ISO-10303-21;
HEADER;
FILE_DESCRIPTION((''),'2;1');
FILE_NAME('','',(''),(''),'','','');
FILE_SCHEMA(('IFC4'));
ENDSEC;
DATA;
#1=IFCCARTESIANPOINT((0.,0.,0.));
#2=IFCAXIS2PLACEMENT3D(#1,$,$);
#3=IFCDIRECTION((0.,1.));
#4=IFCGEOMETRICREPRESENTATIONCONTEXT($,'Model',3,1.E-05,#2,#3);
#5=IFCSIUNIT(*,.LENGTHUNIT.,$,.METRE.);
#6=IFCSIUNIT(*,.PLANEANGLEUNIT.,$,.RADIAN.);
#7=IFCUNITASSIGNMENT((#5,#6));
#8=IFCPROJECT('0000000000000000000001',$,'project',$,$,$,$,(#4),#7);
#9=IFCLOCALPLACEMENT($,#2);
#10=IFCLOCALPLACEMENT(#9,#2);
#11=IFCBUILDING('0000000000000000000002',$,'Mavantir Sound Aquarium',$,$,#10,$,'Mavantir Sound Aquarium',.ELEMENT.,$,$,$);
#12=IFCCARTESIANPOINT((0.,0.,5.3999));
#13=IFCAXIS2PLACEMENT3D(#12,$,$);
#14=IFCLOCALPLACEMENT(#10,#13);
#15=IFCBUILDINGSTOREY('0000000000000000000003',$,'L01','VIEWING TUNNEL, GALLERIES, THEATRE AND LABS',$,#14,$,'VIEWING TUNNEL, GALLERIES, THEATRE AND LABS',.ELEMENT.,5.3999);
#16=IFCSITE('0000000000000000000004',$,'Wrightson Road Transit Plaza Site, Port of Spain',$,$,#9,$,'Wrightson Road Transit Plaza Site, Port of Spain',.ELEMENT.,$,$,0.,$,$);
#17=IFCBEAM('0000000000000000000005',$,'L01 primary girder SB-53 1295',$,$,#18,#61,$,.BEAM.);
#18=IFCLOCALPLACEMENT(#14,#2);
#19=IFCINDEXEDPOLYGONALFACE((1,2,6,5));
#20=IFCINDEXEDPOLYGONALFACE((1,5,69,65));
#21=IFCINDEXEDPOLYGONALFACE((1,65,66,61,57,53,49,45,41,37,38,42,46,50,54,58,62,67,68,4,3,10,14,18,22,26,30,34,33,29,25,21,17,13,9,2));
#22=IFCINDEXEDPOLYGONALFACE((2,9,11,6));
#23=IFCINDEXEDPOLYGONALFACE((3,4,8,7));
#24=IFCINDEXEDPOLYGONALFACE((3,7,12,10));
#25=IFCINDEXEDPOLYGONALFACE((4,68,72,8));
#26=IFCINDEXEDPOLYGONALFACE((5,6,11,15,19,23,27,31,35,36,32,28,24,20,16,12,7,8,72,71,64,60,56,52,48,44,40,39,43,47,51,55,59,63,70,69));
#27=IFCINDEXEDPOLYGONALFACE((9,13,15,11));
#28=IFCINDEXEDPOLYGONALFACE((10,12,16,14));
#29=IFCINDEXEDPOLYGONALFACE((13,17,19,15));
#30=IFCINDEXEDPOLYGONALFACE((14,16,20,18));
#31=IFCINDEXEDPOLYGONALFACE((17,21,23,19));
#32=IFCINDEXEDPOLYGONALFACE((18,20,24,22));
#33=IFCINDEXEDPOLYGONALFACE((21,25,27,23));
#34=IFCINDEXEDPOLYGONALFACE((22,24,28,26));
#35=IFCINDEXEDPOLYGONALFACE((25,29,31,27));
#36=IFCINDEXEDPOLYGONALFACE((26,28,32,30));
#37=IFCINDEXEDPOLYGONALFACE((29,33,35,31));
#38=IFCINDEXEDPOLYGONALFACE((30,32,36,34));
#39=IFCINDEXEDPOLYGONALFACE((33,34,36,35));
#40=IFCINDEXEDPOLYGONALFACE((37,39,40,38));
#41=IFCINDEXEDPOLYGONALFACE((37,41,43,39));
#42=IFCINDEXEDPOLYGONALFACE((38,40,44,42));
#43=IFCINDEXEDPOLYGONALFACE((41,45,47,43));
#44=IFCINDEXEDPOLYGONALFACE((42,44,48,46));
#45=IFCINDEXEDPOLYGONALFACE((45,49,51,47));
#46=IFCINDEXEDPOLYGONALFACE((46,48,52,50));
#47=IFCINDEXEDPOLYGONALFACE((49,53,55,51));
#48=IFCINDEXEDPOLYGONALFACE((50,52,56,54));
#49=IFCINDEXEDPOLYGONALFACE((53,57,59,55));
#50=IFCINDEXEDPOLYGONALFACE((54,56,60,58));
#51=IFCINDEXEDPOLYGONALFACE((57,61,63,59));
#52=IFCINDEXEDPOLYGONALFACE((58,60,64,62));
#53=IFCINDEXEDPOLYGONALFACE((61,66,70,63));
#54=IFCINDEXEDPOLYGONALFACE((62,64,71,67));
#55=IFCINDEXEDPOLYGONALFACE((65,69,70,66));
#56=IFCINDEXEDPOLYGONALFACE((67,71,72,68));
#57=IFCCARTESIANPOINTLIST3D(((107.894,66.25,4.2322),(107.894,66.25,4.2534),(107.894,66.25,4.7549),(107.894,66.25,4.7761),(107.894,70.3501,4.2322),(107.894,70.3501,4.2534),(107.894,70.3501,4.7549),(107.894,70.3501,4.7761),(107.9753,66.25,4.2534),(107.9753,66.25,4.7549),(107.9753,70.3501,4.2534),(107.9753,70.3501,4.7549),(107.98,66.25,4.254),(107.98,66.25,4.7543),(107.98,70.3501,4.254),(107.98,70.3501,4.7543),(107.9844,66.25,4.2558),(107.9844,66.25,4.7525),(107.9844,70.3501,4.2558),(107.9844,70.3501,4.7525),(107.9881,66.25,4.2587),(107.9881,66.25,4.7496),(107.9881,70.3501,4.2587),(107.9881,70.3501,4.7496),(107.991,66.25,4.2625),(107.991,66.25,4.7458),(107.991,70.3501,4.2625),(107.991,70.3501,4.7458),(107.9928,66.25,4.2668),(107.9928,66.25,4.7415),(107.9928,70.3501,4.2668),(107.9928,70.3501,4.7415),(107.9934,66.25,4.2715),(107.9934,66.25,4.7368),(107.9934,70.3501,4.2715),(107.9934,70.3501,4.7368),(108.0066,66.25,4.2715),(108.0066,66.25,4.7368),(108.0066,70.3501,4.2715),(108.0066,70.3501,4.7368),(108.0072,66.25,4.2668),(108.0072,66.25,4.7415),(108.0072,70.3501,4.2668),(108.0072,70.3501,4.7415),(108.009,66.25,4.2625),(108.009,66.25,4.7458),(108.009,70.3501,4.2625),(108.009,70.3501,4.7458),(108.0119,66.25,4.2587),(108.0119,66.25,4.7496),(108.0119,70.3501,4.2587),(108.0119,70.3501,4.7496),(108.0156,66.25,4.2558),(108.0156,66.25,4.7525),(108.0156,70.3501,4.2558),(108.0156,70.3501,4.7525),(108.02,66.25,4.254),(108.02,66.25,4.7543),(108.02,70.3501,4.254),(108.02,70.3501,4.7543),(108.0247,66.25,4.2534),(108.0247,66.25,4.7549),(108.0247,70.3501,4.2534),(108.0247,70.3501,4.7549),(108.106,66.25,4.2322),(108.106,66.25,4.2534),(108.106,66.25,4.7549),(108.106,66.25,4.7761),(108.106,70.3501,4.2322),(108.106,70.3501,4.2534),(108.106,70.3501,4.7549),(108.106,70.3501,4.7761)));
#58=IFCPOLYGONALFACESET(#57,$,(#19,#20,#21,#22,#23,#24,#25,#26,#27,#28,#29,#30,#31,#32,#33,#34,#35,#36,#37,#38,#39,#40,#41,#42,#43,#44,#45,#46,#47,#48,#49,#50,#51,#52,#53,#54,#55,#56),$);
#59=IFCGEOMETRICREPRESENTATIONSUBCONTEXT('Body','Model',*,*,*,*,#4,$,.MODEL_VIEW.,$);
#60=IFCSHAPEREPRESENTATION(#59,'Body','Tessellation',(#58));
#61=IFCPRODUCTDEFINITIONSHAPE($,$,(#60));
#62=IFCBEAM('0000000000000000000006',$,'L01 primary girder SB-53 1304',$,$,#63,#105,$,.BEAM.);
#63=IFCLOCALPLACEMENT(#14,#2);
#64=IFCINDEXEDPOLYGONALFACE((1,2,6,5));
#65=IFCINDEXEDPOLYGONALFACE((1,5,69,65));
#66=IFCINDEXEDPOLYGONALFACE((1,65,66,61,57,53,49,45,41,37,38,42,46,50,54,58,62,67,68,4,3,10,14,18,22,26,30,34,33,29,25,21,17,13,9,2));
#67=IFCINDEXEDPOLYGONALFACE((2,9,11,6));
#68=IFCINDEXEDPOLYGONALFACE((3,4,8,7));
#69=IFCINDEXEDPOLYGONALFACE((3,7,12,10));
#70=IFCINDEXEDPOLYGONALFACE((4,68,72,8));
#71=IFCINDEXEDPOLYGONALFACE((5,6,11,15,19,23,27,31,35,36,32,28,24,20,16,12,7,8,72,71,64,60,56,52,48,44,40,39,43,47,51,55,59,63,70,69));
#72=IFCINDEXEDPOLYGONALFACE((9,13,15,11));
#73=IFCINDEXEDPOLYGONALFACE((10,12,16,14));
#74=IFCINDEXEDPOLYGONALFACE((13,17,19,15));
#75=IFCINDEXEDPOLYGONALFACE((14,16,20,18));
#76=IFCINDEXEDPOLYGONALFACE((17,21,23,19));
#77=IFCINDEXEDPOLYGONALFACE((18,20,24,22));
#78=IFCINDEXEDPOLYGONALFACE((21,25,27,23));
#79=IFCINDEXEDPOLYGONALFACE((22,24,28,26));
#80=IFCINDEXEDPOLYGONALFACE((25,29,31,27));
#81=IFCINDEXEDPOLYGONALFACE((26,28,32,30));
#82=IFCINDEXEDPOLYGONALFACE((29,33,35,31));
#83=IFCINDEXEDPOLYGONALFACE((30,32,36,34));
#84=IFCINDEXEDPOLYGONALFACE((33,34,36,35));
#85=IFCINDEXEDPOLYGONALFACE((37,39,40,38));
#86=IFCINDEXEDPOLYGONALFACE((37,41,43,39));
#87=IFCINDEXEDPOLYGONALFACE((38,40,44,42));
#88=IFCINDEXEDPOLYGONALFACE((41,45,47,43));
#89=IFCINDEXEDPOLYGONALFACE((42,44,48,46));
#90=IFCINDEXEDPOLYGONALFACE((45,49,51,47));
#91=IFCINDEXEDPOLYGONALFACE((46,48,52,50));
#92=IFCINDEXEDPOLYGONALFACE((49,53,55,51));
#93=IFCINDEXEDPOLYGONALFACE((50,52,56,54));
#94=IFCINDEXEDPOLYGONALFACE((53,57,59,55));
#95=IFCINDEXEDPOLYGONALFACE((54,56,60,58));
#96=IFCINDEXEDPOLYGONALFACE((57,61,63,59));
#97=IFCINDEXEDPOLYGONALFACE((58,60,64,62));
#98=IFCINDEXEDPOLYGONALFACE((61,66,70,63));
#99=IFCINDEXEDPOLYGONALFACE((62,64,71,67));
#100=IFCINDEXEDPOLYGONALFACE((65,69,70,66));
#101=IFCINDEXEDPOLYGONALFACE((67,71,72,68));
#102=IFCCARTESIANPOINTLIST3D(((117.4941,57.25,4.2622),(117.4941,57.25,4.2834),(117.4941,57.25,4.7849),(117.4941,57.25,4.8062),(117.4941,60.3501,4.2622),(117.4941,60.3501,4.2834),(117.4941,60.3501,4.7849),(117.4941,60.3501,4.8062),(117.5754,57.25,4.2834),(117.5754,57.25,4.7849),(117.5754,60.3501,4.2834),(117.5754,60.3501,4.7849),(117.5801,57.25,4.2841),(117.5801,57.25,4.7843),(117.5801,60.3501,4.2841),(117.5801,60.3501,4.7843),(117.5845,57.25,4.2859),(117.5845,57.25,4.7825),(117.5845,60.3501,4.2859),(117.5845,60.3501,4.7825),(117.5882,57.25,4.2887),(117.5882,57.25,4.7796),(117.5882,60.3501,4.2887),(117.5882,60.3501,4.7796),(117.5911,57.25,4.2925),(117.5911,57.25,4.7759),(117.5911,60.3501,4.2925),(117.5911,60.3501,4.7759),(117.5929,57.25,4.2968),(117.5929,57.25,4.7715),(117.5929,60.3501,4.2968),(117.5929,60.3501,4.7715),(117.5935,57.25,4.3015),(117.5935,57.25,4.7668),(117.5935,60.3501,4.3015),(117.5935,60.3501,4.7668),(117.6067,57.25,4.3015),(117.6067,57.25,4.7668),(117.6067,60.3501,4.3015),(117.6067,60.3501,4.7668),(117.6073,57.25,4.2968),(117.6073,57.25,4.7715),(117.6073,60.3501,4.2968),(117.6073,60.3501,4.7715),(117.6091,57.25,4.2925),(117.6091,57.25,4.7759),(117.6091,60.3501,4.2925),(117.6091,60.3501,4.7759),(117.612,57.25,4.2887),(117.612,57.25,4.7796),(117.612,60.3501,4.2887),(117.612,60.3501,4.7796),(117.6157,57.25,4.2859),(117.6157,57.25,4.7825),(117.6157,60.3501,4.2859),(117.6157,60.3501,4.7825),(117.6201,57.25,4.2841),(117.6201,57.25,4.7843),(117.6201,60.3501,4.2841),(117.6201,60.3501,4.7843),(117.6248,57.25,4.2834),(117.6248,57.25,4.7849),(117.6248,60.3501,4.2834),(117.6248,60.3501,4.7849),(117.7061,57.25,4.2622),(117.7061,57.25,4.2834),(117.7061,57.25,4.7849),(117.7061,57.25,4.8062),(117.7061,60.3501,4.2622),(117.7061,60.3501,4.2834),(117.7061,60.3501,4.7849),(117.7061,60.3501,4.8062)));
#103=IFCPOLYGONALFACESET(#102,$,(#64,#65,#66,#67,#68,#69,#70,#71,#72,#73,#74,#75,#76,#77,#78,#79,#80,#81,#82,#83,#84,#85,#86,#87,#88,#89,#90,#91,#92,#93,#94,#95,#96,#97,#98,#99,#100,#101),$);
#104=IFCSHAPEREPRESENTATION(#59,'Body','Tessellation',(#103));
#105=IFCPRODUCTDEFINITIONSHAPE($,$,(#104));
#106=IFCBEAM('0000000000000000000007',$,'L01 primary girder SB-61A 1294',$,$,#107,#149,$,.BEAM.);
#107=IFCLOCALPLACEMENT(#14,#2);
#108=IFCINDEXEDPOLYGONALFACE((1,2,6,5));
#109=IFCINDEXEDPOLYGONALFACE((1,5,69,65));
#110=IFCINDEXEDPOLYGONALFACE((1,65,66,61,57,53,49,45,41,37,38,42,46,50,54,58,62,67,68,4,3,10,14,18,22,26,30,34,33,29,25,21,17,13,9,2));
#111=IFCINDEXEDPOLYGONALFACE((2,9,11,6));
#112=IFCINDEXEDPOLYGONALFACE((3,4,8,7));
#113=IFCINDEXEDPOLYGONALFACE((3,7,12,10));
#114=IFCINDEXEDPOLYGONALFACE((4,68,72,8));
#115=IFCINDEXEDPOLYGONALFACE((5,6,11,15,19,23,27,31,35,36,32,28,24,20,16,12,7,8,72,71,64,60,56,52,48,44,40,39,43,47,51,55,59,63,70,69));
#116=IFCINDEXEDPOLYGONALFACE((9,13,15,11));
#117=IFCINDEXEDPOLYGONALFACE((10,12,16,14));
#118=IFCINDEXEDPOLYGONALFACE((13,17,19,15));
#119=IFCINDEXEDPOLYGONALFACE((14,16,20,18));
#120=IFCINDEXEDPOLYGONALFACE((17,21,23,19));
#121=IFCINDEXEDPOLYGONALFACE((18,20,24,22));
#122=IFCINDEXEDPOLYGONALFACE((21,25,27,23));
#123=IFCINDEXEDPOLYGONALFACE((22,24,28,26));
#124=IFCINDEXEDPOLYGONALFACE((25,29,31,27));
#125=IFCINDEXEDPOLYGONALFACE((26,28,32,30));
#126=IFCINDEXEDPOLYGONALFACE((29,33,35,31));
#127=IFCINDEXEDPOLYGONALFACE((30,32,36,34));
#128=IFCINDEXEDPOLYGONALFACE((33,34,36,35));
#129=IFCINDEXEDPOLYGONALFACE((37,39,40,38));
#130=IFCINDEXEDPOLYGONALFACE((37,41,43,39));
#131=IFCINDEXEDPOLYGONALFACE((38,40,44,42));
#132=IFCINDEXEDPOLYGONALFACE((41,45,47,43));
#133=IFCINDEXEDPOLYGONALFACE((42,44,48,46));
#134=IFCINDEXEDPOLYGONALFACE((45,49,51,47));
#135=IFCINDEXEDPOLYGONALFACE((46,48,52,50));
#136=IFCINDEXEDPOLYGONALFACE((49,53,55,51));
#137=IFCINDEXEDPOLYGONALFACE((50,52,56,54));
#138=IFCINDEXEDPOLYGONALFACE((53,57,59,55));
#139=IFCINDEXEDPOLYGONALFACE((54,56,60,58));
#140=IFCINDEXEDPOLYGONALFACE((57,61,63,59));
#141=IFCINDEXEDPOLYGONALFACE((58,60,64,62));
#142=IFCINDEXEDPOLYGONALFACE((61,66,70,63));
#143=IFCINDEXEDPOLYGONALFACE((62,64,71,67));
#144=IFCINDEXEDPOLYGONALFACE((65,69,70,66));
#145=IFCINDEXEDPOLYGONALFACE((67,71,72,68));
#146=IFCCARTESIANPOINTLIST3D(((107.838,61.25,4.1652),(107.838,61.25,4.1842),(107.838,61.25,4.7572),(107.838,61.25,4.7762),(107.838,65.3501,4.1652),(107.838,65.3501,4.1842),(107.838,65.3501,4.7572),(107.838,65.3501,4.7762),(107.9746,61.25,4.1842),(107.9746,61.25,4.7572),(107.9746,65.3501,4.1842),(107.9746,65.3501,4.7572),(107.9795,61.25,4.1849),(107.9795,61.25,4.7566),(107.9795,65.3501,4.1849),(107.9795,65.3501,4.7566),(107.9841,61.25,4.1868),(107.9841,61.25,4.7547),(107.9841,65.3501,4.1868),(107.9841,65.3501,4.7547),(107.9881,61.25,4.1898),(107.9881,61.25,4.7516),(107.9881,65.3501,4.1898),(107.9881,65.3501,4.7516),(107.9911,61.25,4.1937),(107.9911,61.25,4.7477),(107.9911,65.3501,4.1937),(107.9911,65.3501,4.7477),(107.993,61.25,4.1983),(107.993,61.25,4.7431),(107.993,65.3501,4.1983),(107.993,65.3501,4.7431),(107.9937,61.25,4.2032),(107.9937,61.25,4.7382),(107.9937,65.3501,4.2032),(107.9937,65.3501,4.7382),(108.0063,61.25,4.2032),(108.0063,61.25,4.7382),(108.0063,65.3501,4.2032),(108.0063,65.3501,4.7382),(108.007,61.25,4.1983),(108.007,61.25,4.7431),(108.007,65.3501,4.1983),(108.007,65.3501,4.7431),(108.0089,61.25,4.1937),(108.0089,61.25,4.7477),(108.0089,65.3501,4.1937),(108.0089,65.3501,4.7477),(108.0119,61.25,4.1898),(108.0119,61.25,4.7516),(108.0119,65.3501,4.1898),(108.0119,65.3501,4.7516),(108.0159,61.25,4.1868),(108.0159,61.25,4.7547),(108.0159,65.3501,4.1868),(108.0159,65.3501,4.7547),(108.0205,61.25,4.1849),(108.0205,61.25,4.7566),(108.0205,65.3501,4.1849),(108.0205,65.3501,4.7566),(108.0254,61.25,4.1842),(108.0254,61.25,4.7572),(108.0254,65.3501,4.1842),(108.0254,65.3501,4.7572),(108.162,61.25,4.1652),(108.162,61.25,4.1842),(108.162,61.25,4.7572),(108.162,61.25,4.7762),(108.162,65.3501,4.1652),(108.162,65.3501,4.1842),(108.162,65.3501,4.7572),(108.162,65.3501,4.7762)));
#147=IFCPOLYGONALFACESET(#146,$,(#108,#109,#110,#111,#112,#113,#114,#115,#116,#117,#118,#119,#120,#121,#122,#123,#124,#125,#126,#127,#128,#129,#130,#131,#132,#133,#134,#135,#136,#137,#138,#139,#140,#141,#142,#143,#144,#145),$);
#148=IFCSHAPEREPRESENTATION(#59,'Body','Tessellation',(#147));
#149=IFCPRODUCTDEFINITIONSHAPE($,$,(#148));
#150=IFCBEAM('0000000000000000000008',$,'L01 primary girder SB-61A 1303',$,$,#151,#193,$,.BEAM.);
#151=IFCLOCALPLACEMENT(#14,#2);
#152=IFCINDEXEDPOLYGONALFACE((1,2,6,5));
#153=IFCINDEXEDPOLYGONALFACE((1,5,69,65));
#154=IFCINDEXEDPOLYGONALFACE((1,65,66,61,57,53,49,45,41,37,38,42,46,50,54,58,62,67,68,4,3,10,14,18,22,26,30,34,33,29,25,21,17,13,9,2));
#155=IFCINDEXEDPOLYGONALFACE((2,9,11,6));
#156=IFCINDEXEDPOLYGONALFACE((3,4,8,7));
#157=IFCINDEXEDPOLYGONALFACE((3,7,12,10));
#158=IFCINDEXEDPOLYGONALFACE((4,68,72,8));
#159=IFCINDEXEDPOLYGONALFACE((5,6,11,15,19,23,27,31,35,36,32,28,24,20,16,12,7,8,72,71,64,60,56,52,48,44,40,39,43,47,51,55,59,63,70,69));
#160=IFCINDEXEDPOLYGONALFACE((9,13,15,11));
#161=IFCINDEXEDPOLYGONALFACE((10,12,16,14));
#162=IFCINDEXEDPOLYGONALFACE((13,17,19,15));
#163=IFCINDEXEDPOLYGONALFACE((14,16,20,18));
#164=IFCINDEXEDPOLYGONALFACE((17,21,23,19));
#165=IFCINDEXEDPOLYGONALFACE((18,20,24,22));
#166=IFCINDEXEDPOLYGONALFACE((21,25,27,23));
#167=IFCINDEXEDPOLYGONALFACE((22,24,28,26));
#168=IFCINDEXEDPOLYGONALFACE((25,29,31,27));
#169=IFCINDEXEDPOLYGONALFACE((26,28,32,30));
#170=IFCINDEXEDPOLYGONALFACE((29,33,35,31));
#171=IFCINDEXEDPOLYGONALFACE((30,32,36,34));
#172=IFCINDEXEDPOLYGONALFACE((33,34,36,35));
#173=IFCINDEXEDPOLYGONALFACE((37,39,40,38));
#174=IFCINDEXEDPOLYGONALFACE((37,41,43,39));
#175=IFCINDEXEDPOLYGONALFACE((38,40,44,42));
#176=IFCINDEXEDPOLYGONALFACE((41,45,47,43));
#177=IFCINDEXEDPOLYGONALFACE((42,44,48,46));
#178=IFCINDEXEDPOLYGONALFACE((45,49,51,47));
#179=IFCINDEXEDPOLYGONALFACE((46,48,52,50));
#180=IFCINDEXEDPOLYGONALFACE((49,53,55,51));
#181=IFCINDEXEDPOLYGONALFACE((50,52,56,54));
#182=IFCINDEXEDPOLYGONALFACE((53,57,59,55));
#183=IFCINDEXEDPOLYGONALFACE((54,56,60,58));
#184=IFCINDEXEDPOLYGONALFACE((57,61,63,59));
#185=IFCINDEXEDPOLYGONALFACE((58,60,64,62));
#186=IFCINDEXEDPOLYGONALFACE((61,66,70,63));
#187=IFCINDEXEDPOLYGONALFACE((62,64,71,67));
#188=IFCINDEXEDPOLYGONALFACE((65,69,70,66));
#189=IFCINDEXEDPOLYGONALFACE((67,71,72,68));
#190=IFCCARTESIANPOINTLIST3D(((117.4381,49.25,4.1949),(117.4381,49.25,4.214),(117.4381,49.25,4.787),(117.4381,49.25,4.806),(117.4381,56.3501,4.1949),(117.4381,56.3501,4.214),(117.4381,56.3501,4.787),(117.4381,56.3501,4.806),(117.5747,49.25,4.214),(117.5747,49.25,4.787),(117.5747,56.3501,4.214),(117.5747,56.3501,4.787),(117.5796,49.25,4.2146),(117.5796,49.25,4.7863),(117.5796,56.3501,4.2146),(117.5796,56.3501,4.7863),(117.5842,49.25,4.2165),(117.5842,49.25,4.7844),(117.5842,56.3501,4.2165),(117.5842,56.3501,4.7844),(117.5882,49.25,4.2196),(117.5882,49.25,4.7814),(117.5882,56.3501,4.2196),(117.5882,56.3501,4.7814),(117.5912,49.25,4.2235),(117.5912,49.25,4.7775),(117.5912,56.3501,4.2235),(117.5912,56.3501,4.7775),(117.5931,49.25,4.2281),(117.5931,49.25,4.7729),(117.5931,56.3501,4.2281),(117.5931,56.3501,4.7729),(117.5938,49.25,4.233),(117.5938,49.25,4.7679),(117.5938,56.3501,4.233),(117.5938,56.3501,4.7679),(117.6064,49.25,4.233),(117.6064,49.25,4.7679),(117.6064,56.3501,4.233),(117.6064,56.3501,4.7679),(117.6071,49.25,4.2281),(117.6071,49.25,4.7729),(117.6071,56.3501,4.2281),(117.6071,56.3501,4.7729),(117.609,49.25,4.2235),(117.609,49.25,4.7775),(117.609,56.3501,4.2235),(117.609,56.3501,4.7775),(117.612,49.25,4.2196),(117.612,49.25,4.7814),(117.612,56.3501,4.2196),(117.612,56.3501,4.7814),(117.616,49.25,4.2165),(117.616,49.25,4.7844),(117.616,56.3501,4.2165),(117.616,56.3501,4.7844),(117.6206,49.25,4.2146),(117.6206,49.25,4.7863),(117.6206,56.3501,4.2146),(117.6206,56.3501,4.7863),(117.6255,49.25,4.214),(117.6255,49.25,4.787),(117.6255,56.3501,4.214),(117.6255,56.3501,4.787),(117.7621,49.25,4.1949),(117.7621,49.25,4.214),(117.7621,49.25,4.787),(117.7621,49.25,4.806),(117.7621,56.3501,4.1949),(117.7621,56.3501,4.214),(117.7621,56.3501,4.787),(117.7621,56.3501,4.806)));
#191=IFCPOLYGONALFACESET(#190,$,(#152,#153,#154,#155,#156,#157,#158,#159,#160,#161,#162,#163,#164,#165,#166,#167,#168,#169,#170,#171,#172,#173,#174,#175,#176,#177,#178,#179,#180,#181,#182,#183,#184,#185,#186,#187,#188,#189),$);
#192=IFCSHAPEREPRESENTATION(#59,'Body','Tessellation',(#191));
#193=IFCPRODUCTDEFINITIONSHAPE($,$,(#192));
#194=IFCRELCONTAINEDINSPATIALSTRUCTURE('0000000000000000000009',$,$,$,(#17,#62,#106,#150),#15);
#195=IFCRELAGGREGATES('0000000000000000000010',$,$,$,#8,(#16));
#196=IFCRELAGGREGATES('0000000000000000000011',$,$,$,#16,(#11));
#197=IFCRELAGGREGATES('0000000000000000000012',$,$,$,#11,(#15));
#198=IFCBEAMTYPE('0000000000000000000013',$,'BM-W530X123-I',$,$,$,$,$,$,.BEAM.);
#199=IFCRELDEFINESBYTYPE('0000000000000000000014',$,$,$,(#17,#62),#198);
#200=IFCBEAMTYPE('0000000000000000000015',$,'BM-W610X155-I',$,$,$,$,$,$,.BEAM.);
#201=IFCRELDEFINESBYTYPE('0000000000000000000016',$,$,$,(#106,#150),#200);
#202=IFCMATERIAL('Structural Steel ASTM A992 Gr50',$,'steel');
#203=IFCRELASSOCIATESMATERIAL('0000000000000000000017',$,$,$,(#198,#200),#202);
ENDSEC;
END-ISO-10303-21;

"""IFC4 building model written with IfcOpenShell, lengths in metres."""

from ifc_helpers import new_model, si_unit, direction, frame, origin, origin_2d, place, context, subcontext, project, spatial, i_section, extrude, material, material_profile, profile_set, type_object, element, save


model = new_model("IFC4")

# Units and contexts
model_context = context("Model", 3, precision=1e-05, world=origin(), true_north=direction((0.0, 1.0)))
body_context = subcontext(model_context, "Body", "Model", "MODEL_VIEW")
ifc_project = project(units=[si_unit("LENGTHUNIT", "METRE"), si_unit("PLANEANGLEUNIT", "RADIAN")], contexts=[model_context])

# Site, building, storey
site_placement = place(None, origin())
site = spatial("IfcSite", under=ifc_project, at=site_placement, Name="Wrightson Road Transit Plaza Site, Port of Spain", LongName="Wrightson Road Transit Plaza Site, Port of Spain", CompositionType="ELEMENT", RefElevation=0.0)
building_placement = place(site_placement, origin())
building = spatial("IfcBuilding", under=site, at=building_placement, Name="Mavantir Sound Aquarium", LongName="Mavantir Sound Aquarium", CompositionType="ELEMENT")
storey_placement = place(building_placement, frame((0.0, 0.0, 5.3999)))
storey = spatial("IfcBuildingStorey", under=building, at=storey_placement, Name="L01", Description="VIEWING TUNNEL, GALLERIES, THEATRE AND LABS", LongName="VIEWING TUNNEL, GALLERIES, THEATRE AND LABS", CompositionType="ELEMENT", Elevation=5.3999)

# Beams
ifc_material_1 = material(Name="Structural Steel ASTM A992 Gr50", Category="steel")
ifc_material_profile_1 = material_profile(ifc_material_1, i_section(OverallWidth=0.2119, OverallDepth=0.5439, WebThickness=0.0132, FlangeThickness=0.0212, FilletRadius=0.0181, at=origin_2d()), Name="W530X123")
ifc_profile_set_1 = profile_set([ifc_material_profile_1], Name="Structural Steel ASTM A992 Gr50")
beam_type_1 = type_object("IfcBeamType", Name="BM-W530X123-I", PredefinedType="BEAM", material=ifc_profile_set_1)
beam_1_placement = place(storey_placement, frame((108.0, 66.25, 4.5042), z_axis=(0.0, 1.0, 0.0), x_axis=(-1.0, 0.0, 0.0)))
element("IfcBeam", 1, at=beam_1_placement, inside=storey, type_object=beam_type_1, Name="L01 primary girder SB-53 1295", PredefinedType="BEAM", context=body_context, shape_type="SweptSolid", body=[
    extrude(i_section(OverallWidth=0.2119, OverallDepth=0.5439, WebThickness=0.0132, FlangeThickness=0.0212, FilletRadius=0.0181, at=origin_2d()), origin(), (0.0, 0.0, 1.0), 4.1001),
])
beam_2_placement = place(storey_placement, frame((117.6001, 57.25, 4.5342), z_axis=(0.0, 1.0, 0.0), x_axis=(-1.0, 0.0, 0.0)))
element("IfcBeam", 2, at=beam_2_placement, inside=storey, type_object=beam_type_1, Name="L01 primary girder SB-53 1304", PredefinedType="BEAM", context=body_context, shape_type="SweptSolid", body=[
    extrude(i_section(OverallWidth=0.2119, OverallDepth=0.5439, WebThickness=0.0132, FlangeThickness=0.0212, FilletRadius=0.0181, at=origin_2d()), origin(), (0.0, 0.0, 1.0), 3.1001),
])
ifc_material_profile_2 = material_profile(ifc_material_1, i_section(OverallWidth=0.324, OverallDepth=0.6111, WebThickness=0.0127, FlangeThickness=0.019, FilletRadius=0.019, at=origin_2d()), Name="W610X155")
ifc_profile_set_2 = profile_set([ifc_material_profile_2], Name="Structural Steel ASTM A992 Gr50")
beam_type_2 = type_object("IfcBeamType", Name="BM-W610X155-I", PredefinedType="BEAM", material=ifc_profile_set_2)
beam_3_placement = place(storey_placement, frame((108.0, 61.25, 4.4707), z_axis=(0.0, 1.0, 0.0), x_axis=(-1.0, 0.0, 0.0)))
element("IfcBeam", 3, at=beam_3_placement, inside=storey, type_object=beam_type_2, Name="L01 primary girder SB-61A 1294", PredefinedType="BEAM", context=body_context, shape_type="SweptSolid", body=[
    extrude(i_section(OverallWidth=0.324, OverallDepth=0.6111, WebThickness=0.0127, FlangeThickness=0.019, FilletRadius=0.019, at=origin_2d()), origin(), (0.0, 0.0, 1.0), 4.1001),
])
beam_4_placement = place(storey_placement, frame((117.6001, 49.25, 4.5005), z_axis=(0.0, 1.0, 0.0), x_axis=(-1.0, 0.0, 0.0)))
element("IfcBeam", 4, at=beam_4_placement, inside=storey, type_object=beam_type_2, Name="L01 primary girder SB-61A 1303", PredefinedType="BEAM", context=body_context, shape_type="SweptSolid", body=[
    extrude(i_section(OverallWidth=0.324, OverallDepth=0.6111, WebThickness=0.0127, FlangeThickness=0.019, FilletRadius=0.019, at=origin_2d()), origin(), (0.0, 0.0, 1.0), 7.1001),
])

save(model, "model.ifc")
